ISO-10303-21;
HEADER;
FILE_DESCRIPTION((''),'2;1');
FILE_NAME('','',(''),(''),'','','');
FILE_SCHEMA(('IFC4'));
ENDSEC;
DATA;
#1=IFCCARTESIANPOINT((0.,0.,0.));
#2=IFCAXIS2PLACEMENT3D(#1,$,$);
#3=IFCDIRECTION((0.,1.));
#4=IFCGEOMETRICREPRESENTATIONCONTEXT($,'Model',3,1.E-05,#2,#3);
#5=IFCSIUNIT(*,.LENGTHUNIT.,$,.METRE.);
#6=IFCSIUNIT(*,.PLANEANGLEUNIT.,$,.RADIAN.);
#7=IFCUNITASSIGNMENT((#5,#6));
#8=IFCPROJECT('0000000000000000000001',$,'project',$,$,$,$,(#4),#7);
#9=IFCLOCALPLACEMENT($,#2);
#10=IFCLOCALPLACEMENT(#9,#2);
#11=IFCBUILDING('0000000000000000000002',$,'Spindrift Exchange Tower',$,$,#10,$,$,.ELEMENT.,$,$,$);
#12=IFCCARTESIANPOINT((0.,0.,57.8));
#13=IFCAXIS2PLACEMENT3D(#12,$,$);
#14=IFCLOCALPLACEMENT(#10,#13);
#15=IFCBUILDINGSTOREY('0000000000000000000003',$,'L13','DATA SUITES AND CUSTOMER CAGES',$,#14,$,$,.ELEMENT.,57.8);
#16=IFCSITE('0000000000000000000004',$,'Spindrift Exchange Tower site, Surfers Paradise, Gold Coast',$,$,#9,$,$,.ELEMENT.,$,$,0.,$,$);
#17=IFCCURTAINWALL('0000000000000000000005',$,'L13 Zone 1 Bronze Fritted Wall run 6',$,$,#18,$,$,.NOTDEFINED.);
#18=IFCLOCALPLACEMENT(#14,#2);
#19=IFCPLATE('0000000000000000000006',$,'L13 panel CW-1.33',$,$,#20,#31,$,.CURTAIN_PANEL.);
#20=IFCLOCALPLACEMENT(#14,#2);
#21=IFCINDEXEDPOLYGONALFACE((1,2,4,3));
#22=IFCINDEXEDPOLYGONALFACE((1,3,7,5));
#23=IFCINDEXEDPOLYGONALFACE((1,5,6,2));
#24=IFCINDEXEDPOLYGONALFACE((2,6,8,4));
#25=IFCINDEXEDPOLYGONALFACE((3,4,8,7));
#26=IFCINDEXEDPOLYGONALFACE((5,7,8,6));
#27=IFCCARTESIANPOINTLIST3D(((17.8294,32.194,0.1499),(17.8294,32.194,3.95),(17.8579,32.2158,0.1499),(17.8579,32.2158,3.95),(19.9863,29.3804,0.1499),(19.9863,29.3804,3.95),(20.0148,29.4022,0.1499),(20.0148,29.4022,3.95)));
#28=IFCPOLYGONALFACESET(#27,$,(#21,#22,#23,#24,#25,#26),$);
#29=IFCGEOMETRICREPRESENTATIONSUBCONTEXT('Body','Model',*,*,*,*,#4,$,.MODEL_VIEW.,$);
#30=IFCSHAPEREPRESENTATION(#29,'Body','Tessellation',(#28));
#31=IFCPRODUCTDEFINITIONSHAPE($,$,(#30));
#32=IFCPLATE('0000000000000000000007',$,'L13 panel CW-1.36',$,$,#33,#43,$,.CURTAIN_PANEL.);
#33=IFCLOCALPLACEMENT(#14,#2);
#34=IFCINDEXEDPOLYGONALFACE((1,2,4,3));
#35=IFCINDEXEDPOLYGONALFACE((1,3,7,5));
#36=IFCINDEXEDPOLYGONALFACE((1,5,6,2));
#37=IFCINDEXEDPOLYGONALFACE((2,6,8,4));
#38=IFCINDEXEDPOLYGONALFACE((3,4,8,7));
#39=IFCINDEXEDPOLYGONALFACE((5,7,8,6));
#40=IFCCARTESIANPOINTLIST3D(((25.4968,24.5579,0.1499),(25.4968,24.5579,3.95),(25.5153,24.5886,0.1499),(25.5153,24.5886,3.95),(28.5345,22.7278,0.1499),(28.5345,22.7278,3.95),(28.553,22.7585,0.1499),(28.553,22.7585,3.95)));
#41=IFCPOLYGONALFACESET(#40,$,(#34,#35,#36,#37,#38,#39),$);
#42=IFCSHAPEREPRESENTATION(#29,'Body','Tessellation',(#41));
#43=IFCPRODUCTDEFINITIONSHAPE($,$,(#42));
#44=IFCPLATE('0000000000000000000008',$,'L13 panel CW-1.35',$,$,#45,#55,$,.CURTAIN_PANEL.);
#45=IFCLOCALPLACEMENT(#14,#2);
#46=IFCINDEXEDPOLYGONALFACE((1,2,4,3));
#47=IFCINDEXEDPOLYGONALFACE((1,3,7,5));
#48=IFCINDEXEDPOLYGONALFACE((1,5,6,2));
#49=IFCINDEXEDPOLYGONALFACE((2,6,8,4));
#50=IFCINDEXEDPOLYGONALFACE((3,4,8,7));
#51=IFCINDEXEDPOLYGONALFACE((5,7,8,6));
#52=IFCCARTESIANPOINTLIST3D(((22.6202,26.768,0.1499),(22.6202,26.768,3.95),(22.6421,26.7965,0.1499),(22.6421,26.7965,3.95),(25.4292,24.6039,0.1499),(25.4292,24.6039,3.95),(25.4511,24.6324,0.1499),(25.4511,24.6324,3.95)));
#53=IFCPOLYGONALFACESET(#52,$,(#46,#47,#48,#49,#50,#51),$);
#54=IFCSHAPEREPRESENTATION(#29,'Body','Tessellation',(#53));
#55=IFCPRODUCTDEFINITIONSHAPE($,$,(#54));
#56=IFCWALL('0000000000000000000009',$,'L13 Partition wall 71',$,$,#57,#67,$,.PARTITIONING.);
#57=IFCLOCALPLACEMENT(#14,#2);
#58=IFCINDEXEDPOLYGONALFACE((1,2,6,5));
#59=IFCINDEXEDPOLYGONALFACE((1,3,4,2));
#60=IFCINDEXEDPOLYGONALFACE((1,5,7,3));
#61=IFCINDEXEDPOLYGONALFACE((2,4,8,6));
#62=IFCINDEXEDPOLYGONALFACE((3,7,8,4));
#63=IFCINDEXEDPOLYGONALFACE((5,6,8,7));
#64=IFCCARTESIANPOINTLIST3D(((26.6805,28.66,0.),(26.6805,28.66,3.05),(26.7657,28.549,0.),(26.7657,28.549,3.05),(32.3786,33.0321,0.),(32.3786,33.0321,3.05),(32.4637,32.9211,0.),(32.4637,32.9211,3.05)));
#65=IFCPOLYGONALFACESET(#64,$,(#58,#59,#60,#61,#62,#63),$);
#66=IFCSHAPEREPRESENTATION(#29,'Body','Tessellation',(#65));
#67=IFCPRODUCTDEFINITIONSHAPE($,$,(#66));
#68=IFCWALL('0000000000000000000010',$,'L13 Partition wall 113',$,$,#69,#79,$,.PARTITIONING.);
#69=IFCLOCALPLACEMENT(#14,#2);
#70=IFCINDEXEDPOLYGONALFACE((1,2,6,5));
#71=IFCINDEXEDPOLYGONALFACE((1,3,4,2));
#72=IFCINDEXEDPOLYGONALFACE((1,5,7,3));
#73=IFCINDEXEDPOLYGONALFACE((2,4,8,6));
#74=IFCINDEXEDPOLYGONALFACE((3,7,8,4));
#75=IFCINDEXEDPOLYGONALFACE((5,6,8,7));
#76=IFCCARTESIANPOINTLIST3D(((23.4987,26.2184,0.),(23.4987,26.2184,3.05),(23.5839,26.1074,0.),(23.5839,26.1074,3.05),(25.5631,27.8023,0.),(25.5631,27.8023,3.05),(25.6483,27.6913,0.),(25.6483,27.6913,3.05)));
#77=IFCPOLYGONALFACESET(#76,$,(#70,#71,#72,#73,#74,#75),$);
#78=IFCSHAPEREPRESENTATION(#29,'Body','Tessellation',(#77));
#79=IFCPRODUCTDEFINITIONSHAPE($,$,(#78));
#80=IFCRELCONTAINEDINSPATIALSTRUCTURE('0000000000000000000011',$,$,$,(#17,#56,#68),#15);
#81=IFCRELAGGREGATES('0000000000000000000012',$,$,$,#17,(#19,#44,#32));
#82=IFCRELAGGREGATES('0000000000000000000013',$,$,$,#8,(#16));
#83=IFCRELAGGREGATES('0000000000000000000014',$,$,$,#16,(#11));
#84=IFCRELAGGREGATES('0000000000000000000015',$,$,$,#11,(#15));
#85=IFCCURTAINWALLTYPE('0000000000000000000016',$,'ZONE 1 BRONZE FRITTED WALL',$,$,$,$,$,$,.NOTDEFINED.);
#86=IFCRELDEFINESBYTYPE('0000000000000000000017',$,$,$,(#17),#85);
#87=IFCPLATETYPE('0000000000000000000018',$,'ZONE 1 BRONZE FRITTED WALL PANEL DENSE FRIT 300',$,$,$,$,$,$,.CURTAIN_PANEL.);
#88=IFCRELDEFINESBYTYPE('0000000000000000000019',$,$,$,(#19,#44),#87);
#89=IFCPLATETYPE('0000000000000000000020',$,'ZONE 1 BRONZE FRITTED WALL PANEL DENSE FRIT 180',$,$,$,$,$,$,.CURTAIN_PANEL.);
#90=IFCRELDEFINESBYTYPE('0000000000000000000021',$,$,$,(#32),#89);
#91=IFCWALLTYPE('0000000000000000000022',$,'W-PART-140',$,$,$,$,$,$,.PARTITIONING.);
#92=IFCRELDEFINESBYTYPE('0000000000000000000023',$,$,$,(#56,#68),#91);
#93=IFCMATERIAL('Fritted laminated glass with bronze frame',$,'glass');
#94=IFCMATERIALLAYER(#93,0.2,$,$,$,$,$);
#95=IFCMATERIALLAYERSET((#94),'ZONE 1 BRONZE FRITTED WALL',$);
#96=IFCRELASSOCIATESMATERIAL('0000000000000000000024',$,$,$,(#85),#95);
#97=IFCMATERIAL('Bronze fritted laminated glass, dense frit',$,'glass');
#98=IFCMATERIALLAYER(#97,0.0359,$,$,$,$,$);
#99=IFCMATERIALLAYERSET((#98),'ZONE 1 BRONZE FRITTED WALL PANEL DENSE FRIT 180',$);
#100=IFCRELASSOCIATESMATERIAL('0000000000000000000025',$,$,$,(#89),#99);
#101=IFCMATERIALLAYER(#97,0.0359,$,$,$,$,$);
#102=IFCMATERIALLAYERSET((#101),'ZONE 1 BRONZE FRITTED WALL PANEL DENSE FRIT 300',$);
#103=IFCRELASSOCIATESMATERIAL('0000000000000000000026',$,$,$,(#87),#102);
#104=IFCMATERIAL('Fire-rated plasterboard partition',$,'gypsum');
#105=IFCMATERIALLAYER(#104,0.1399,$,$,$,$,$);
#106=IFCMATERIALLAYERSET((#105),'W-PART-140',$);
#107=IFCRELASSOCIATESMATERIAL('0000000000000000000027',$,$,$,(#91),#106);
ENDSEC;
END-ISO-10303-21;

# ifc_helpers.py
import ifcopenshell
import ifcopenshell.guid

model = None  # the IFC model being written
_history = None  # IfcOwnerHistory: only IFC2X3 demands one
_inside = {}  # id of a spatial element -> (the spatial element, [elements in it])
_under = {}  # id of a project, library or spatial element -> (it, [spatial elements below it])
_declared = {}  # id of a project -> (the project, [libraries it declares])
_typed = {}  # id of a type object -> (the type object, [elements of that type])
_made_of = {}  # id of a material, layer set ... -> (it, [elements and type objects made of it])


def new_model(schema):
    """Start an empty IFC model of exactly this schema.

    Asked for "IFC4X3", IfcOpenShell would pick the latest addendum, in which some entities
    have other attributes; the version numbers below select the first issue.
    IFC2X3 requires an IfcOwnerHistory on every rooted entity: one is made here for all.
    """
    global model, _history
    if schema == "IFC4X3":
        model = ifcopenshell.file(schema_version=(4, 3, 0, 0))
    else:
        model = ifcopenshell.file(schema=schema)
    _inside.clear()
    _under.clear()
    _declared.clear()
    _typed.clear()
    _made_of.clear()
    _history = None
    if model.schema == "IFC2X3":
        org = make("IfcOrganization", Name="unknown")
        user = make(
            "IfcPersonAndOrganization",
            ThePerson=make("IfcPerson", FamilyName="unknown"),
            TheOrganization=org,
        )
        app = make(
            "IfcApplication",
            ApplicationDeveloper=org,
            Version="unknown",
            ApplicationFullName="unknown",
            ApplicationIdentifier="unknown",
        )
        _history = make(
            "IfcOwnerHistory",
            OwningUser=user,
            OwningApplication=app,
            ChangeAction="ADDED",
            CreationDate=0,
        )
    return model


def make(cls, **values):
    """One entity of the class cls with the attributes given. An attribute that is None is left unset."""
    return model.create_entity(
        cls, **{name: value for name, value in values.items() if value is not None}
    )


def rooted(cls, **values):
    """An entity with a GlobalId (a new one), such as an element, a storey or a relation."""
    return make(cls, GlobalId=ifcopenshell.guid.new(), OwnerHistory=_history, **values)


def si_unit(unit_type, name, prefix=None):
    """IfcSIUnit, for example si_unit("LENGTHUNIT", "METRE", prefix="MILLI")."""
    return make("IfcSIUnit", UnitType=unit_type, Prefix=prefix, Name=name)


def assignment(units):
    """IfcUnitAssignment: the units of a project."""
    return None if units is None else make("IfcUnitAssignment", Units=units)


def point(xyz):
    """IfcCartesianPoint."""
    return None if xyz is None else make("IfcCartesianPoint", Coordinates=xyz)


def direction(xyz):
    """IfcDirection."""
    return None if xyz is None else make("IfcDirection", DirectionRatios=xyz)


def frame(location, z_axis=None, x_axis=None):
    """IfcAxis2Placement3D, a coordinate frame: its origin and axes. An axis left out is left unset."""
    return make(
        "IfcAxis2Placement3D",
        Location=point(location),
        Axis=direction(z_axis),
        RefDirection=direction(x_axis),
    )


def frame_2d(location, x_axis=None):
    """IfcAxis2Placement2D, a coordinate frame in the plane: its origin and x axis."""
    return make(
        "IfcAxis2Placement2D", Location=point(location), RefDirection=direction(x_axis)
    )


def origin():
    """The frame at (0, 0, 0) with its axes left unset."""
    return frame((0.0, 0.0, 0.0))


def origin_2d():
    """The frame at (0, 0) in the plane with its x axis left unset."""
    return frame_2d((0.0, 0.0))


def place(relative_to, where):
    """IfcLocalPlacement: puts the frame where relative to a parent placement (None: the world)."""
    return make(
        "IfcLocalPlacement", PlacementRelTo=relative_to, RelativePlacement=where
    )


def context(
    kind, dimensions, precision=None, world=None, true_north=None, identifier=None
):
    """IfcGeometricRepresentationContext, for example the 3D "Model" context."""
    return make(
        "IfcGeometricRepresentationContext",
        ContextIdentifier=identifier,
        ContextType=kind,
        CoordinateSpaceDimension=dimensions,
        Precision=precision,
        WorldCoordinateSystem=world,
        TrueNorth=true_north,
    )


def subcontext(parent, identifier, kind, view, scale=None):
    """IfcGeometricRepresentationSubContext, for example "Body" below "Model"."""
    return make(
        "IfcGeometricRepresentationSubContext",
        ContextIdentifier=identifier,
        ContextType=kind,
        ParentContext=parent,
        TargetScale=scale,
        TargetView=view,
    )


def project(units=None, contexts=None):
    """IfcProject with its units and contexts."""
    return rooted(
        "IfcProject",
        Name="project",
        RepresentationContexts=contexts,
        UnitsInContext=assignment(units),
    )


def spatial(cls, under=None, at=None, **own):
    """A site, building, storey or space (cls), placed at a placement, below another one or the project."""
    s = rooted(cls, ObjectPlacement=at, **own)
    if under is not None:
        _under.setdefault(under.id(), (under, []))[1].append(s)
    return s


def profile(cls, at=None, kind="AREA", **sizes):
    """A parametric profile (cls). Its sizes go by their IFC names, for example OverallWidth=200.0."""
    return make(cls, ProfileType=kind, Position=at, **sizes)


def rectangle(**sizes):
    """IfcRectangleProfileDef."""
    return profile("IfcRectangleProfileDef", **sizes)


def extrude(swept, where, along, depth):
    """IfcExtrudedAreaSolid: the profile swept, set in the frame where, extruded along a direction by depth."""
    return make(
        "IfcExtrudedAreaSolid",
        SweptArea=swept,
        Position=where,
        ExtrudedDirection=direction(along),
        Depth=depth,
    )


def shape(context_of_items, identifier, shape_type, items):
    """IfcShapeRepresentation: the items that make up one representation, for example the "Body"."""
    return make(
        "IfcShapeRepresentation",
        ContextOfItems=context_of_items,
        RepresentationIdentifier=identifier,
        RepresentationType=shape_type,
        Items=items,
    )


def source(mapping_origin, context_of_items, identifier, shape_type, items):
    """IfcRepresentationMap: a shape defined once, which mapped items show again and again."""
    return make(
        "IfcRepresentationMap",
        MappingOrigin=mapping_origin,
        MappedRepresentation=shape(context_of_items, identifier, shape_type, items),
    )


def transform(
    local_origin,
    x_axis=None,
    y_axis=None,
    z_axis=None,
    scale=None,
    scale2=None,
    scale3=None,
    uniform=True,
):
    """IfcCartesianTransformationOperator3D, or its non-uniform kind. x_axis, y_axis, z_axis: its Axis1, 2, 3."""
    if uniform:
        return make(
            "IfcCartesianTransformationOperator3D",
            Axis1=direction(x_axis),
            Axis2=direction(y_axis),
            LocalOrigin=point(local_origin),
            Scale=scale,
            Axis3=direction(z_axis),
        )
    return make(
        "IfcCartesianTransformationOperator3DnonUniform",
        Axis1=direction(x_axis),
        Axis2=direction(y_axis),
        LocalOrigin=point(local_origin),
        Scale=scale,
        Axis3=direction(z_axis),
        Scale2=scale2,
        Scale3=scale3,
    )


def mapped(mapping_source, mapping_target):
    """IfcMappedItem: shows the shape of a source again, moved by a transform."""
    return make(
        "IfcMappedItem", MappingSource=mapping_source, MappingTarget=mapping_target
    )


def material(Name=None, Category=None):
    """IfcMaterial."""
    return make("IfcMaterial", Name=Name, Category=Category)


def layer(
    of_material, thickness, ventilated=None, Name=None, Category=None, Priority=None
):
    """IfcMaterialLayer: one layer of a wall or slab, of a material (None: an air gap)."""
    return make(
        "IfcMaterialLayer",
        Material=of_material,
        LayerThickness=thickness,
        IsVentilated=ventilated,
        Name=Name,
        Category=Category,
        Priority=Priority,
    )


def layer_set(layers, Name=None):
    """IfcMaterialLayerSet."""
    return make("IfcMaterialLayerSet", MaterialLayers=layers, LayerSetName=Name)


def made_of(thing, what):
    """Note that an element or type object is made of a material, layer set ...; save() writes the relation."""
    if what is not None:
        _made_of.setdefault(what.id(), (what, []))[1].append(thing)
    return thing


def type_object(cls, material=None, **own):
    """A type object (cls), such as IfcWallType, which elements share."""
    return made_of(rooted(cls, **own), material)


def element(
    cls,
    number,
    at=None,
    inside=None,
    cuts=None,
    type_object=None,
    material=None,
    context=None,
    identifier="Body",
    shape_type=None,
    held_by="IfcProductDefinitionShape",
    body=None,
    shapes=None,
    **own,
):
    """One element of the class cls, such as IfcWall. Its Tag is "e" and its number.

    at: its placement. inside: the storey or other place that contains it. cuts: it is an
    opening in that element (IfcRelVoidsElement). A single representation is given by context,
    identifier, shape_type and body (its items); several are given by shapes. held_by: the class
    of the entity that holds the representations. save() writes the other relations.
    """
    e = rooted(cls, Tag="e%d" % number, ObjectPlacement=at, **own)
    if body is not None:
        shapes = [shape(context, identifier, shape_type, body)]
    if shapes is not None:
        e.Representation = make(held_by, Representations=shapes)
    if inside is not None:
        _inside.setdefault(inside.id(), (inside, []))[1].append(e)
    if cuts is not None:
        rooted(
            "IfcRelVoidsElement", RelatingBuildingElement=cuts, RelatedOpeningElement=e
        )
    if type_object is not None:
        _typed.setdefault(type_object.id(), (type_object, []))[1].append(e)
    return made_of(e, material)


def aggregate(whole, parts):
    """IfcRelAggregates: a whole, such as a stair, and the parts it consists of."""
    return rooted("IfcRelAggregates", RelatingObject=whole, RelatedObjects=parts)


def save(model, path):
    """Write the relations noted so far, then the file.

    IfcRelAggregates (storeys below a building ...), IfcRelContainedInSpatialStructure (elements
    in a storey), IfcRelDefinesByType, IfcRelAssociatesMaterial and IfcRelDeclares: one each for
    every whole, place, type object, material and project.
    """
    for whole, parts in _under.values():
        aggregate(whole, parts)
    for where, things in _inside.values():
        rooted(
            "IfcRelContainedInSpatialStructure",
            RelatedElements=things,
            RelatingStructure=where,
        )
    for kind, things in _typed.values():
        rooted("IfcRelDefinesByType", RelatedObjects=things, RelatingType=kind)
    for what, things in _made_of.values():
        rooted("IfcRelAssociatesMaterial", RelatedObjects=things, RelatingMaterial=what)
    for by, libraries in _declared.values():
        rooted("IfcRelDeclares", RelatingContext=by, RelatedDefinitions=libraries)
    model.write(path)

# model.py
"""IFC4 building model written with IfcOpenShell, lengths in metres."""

from ifc_helpers import new_model, si_unit, direction, frame, frame_2d, origin, origin_2d, place, context, subcontext, project, spatial, rectangle, extrude, source, transform, mapped, material, layer, layer_set, type_object, element, aggregate, save


model = new_model("IFC4")

# Units and contexts
model_context = context("Model", 3, precision=1e-05, world=origin(), true_north=direction((0.0, 1.0)))
body_context = subcontext(model_context, "Body", "Model", "MODEL_VIEW")
ifc_project = project(units=[si_unit("LENGTHUNIT", "METRE"), si_unit("PLANEANGLEUNIT", "RADIAN")], contexts=[model_context])

# Site, building, storey
site_placement = place(None, origin())
site = spatial("IfcSite", under=ifc_project, at=site_placement, Name="Spindrift Exchange Tower site, Surfers Paradise, Gold Coast", CompositionType="ELEMENT", RefElevation=0.0)
building_placement = place(site_placement, origin())
building = spatial("IfcBuilding", under=site, at=building_placement, Name="Spindrift Exchange Tower", CompositionType="ELEMENT")
storey_placement = place(building_placement, frame((0.0, 0.0, 57.8)))
storey = spatial("IfcBuildingStorey", under=building, at=storey_placement, Name="L13", Description="DATA SUITES AND CUSTOMER CAGES", CompositionType="ELEMENT", Elevation=57.8)

# Curtain wall
ifc_material_1 = material(Name="Fritted laminated glass with bronze frame", Category="glass")
ifc_layer_1 = layer(ifc_material_1, 0.2)
ifc_layer_set_1 = layer_set([ifc_layer_1], Name="ZONE 1 BRONZE FRITTED WALL")
curtain_wall_type = type_object("IfcCurtainWallType", Name="ZONE 1 BRONZE FRITTED WALL", PredefinedType="NOTDEFINED", material=ifc_layer_set_1)
curtain_wall_1_placement = place(storey_placement, origin())
curtain_wall_1 = element("IfcCurtainWall", 1, at=curtain_wall_1_placement, inside=storey, type_object=curtain_wall_type, Name="L13 Zone 1 Bronze Fritted Wall run 6", PredefinedType="NOTDEFINED")

# Plates
ifc_material_2 = material(Name="Bronze fritted laminated glass, dense frit", Category="glass")
ifc_layer_2 = layer(ifc_material_2, 0.0359)
ifc_layer_set_2 = layer_set([ifc_layer_2], Name="ZONE 1 BRONZE FRITTED WALL PANEL DENSE FRIT 180")
plate_type_1 = type_object("IfcPlateType", Name="ZONE 1 BRONZE FRITTED WALL PANEL DENSE FRIT 180", PredefinedType="CURTAIN_PANEL", material=ifc_layer_set_2)
ifc_layer_3 = layer(ifc_material_2, 0.0359)
ifc_layer_set_3 = layer_set([ifc_layer_3], Name="ZONE 1 BRONZE FRITTED WALL PANEL DENSE FRIT 300")
plate_type_2 = type_object("IfcPlateType", Name="ZONE 1 BRONZE FRITTED WALL PANEL DENSE FRIT 300", PredefinedType="CURTAIN_PANEL", material=ifc_layer_set_3)
shared_shape_1 = source(origin(), body_context, "Body", "SweptSolid", [
    extrude(rectangle(XDim=3.5452, YDim=0.0359, at=origin_2d()), origin(), (0.0, 0.0, 1.0), 3.8),
])
plate_1_placement = place(storey_placement, frame((18.9221, 30.7981, 0.1499), z_axis=(0.0, 0.0, 1.0), x_axis=(0.608401, -0.79363, 0.0)))
plate_1 = element("IfcPlate", 2, at=plate_1_placement, type_object=plate_type_2, Name="L13 panel CW-1.33", PredefinedType="CURTAIN_PANEL", context=body_context, shape_type="MappedRepresentation", body=[
    mapped(shared_shape_1, transform((0.0, 0.0, 0.0), scale=1.0)),
])
shared_shape_2 = source(origin(), body_context, "Body", "SweptSolid", [
    extrude(rectangle(XDim=3.5464, YDim=0.0359, at=origin_2d()), origin(), (0.0, 0.0, 1.0), 3.8),
])
plate_2_placement = place(storey_placement, frame((27.0249, 23.6582, 0.1499), z_axis=(0.0, 0.0, 1.0), x_axis=(0.856569, -0.516033, 0.0)))
plate_2 = element("IfcPlate", 3, at=plate_2_placement, type_object=plate_type_1, Name="L13 panel CW-1.36", PredefinedType="CURTAIN_PANEL", context=body_context, shape_type="MappedRepresentation", body=[
    mapped(shared_shape_2, transform((0.0, 0.0, 0.0), scale=1.0)),
])
shared_shape_3 = source(origin(), body_context, "Body", "SweptSolid", [
    extrude(rectangle(XDim=3.5459, YDim=0.0359, at=origin_2d()), origin(), (0.0, 0.0, 1.0), 3.8),
])
plate_3_placement = place(storey_placement, frame((24.0356, 25.7002, 0.1499), z_axis=(0.0, 0.0, 1.0), x_axis=(0.792163, -0.61031, 0.0)))
plate_3 = element("IfcPlate", 4, at=plate_3_placement, type_object=plate_type_2, Name="L13 panel CW-1.35", PredefinedType="CURTAIN_PANEL", context=body_context, shape_type="MappedRepresentation", body=[
    mapped(shared_shape_3, transform((0.0, 0.0, 0.0), scale=1.0)),
])
aggregate(curtain_wall_1, [plate_1, plate_3, plate_2])

# Walls
ifc_material_3 = material(Name="Fire-rated plasterboard partition", Category="gypsum")
ifc_layer_4 = layer(ifc_material_3, 0.1399)
ifc_layer_set_4 = layer_set([ifc_layer_4], Name="W-PART-140")
wall_type = type_object("IfcWallType", Name="W-PART-140", PredefinedType="PARTITIONING", material=ifc_layer_set_4)
wall_1_placement = place(storey_placement, frame((32.4211, 32.9766, 0.0), z_axis=(0.0, 0.0, 1.0), x_axis=(-0.793364, -0.608748, 0.0)))
element("IfcWall", 5, at=wall_1_placement, inside=storey, type_object=wall_type, Name="L13 Partition wall 71", PredefinedType="PARTITIONING", context=body_context, shape_type="SweptSolid", body=[
    extrude(rectangle(XDim=7.1821, YDim=0.1399, at=frame_2d((3.5911, 0.0))), origin(), (0.0, 0.0, 1.0), 3.05),
])
wall_2_placement = place(storey_placement, frame((25.6057, 27.7468, 0.0), z_axis=(0.0, 0.0, 1.0), x_axis=(-0.793377, -0.608731, 0.0)))
element("IfcWall", 6, at=wall_2_placement, inside=storey, type_object=wall_type, Name="L13 Partition wall 113", PredefinedType="PARTITIONING", context=body_context, shape_type="SweptSolid", body=[
    extrude(rectangle(XDim=2.6021, YDim=0.1399, at=frame_2d((1.301, 0.0))), origin(), (0.0, 0.0, 1.0), 3.05),
])

save(model, "model.ifc")
